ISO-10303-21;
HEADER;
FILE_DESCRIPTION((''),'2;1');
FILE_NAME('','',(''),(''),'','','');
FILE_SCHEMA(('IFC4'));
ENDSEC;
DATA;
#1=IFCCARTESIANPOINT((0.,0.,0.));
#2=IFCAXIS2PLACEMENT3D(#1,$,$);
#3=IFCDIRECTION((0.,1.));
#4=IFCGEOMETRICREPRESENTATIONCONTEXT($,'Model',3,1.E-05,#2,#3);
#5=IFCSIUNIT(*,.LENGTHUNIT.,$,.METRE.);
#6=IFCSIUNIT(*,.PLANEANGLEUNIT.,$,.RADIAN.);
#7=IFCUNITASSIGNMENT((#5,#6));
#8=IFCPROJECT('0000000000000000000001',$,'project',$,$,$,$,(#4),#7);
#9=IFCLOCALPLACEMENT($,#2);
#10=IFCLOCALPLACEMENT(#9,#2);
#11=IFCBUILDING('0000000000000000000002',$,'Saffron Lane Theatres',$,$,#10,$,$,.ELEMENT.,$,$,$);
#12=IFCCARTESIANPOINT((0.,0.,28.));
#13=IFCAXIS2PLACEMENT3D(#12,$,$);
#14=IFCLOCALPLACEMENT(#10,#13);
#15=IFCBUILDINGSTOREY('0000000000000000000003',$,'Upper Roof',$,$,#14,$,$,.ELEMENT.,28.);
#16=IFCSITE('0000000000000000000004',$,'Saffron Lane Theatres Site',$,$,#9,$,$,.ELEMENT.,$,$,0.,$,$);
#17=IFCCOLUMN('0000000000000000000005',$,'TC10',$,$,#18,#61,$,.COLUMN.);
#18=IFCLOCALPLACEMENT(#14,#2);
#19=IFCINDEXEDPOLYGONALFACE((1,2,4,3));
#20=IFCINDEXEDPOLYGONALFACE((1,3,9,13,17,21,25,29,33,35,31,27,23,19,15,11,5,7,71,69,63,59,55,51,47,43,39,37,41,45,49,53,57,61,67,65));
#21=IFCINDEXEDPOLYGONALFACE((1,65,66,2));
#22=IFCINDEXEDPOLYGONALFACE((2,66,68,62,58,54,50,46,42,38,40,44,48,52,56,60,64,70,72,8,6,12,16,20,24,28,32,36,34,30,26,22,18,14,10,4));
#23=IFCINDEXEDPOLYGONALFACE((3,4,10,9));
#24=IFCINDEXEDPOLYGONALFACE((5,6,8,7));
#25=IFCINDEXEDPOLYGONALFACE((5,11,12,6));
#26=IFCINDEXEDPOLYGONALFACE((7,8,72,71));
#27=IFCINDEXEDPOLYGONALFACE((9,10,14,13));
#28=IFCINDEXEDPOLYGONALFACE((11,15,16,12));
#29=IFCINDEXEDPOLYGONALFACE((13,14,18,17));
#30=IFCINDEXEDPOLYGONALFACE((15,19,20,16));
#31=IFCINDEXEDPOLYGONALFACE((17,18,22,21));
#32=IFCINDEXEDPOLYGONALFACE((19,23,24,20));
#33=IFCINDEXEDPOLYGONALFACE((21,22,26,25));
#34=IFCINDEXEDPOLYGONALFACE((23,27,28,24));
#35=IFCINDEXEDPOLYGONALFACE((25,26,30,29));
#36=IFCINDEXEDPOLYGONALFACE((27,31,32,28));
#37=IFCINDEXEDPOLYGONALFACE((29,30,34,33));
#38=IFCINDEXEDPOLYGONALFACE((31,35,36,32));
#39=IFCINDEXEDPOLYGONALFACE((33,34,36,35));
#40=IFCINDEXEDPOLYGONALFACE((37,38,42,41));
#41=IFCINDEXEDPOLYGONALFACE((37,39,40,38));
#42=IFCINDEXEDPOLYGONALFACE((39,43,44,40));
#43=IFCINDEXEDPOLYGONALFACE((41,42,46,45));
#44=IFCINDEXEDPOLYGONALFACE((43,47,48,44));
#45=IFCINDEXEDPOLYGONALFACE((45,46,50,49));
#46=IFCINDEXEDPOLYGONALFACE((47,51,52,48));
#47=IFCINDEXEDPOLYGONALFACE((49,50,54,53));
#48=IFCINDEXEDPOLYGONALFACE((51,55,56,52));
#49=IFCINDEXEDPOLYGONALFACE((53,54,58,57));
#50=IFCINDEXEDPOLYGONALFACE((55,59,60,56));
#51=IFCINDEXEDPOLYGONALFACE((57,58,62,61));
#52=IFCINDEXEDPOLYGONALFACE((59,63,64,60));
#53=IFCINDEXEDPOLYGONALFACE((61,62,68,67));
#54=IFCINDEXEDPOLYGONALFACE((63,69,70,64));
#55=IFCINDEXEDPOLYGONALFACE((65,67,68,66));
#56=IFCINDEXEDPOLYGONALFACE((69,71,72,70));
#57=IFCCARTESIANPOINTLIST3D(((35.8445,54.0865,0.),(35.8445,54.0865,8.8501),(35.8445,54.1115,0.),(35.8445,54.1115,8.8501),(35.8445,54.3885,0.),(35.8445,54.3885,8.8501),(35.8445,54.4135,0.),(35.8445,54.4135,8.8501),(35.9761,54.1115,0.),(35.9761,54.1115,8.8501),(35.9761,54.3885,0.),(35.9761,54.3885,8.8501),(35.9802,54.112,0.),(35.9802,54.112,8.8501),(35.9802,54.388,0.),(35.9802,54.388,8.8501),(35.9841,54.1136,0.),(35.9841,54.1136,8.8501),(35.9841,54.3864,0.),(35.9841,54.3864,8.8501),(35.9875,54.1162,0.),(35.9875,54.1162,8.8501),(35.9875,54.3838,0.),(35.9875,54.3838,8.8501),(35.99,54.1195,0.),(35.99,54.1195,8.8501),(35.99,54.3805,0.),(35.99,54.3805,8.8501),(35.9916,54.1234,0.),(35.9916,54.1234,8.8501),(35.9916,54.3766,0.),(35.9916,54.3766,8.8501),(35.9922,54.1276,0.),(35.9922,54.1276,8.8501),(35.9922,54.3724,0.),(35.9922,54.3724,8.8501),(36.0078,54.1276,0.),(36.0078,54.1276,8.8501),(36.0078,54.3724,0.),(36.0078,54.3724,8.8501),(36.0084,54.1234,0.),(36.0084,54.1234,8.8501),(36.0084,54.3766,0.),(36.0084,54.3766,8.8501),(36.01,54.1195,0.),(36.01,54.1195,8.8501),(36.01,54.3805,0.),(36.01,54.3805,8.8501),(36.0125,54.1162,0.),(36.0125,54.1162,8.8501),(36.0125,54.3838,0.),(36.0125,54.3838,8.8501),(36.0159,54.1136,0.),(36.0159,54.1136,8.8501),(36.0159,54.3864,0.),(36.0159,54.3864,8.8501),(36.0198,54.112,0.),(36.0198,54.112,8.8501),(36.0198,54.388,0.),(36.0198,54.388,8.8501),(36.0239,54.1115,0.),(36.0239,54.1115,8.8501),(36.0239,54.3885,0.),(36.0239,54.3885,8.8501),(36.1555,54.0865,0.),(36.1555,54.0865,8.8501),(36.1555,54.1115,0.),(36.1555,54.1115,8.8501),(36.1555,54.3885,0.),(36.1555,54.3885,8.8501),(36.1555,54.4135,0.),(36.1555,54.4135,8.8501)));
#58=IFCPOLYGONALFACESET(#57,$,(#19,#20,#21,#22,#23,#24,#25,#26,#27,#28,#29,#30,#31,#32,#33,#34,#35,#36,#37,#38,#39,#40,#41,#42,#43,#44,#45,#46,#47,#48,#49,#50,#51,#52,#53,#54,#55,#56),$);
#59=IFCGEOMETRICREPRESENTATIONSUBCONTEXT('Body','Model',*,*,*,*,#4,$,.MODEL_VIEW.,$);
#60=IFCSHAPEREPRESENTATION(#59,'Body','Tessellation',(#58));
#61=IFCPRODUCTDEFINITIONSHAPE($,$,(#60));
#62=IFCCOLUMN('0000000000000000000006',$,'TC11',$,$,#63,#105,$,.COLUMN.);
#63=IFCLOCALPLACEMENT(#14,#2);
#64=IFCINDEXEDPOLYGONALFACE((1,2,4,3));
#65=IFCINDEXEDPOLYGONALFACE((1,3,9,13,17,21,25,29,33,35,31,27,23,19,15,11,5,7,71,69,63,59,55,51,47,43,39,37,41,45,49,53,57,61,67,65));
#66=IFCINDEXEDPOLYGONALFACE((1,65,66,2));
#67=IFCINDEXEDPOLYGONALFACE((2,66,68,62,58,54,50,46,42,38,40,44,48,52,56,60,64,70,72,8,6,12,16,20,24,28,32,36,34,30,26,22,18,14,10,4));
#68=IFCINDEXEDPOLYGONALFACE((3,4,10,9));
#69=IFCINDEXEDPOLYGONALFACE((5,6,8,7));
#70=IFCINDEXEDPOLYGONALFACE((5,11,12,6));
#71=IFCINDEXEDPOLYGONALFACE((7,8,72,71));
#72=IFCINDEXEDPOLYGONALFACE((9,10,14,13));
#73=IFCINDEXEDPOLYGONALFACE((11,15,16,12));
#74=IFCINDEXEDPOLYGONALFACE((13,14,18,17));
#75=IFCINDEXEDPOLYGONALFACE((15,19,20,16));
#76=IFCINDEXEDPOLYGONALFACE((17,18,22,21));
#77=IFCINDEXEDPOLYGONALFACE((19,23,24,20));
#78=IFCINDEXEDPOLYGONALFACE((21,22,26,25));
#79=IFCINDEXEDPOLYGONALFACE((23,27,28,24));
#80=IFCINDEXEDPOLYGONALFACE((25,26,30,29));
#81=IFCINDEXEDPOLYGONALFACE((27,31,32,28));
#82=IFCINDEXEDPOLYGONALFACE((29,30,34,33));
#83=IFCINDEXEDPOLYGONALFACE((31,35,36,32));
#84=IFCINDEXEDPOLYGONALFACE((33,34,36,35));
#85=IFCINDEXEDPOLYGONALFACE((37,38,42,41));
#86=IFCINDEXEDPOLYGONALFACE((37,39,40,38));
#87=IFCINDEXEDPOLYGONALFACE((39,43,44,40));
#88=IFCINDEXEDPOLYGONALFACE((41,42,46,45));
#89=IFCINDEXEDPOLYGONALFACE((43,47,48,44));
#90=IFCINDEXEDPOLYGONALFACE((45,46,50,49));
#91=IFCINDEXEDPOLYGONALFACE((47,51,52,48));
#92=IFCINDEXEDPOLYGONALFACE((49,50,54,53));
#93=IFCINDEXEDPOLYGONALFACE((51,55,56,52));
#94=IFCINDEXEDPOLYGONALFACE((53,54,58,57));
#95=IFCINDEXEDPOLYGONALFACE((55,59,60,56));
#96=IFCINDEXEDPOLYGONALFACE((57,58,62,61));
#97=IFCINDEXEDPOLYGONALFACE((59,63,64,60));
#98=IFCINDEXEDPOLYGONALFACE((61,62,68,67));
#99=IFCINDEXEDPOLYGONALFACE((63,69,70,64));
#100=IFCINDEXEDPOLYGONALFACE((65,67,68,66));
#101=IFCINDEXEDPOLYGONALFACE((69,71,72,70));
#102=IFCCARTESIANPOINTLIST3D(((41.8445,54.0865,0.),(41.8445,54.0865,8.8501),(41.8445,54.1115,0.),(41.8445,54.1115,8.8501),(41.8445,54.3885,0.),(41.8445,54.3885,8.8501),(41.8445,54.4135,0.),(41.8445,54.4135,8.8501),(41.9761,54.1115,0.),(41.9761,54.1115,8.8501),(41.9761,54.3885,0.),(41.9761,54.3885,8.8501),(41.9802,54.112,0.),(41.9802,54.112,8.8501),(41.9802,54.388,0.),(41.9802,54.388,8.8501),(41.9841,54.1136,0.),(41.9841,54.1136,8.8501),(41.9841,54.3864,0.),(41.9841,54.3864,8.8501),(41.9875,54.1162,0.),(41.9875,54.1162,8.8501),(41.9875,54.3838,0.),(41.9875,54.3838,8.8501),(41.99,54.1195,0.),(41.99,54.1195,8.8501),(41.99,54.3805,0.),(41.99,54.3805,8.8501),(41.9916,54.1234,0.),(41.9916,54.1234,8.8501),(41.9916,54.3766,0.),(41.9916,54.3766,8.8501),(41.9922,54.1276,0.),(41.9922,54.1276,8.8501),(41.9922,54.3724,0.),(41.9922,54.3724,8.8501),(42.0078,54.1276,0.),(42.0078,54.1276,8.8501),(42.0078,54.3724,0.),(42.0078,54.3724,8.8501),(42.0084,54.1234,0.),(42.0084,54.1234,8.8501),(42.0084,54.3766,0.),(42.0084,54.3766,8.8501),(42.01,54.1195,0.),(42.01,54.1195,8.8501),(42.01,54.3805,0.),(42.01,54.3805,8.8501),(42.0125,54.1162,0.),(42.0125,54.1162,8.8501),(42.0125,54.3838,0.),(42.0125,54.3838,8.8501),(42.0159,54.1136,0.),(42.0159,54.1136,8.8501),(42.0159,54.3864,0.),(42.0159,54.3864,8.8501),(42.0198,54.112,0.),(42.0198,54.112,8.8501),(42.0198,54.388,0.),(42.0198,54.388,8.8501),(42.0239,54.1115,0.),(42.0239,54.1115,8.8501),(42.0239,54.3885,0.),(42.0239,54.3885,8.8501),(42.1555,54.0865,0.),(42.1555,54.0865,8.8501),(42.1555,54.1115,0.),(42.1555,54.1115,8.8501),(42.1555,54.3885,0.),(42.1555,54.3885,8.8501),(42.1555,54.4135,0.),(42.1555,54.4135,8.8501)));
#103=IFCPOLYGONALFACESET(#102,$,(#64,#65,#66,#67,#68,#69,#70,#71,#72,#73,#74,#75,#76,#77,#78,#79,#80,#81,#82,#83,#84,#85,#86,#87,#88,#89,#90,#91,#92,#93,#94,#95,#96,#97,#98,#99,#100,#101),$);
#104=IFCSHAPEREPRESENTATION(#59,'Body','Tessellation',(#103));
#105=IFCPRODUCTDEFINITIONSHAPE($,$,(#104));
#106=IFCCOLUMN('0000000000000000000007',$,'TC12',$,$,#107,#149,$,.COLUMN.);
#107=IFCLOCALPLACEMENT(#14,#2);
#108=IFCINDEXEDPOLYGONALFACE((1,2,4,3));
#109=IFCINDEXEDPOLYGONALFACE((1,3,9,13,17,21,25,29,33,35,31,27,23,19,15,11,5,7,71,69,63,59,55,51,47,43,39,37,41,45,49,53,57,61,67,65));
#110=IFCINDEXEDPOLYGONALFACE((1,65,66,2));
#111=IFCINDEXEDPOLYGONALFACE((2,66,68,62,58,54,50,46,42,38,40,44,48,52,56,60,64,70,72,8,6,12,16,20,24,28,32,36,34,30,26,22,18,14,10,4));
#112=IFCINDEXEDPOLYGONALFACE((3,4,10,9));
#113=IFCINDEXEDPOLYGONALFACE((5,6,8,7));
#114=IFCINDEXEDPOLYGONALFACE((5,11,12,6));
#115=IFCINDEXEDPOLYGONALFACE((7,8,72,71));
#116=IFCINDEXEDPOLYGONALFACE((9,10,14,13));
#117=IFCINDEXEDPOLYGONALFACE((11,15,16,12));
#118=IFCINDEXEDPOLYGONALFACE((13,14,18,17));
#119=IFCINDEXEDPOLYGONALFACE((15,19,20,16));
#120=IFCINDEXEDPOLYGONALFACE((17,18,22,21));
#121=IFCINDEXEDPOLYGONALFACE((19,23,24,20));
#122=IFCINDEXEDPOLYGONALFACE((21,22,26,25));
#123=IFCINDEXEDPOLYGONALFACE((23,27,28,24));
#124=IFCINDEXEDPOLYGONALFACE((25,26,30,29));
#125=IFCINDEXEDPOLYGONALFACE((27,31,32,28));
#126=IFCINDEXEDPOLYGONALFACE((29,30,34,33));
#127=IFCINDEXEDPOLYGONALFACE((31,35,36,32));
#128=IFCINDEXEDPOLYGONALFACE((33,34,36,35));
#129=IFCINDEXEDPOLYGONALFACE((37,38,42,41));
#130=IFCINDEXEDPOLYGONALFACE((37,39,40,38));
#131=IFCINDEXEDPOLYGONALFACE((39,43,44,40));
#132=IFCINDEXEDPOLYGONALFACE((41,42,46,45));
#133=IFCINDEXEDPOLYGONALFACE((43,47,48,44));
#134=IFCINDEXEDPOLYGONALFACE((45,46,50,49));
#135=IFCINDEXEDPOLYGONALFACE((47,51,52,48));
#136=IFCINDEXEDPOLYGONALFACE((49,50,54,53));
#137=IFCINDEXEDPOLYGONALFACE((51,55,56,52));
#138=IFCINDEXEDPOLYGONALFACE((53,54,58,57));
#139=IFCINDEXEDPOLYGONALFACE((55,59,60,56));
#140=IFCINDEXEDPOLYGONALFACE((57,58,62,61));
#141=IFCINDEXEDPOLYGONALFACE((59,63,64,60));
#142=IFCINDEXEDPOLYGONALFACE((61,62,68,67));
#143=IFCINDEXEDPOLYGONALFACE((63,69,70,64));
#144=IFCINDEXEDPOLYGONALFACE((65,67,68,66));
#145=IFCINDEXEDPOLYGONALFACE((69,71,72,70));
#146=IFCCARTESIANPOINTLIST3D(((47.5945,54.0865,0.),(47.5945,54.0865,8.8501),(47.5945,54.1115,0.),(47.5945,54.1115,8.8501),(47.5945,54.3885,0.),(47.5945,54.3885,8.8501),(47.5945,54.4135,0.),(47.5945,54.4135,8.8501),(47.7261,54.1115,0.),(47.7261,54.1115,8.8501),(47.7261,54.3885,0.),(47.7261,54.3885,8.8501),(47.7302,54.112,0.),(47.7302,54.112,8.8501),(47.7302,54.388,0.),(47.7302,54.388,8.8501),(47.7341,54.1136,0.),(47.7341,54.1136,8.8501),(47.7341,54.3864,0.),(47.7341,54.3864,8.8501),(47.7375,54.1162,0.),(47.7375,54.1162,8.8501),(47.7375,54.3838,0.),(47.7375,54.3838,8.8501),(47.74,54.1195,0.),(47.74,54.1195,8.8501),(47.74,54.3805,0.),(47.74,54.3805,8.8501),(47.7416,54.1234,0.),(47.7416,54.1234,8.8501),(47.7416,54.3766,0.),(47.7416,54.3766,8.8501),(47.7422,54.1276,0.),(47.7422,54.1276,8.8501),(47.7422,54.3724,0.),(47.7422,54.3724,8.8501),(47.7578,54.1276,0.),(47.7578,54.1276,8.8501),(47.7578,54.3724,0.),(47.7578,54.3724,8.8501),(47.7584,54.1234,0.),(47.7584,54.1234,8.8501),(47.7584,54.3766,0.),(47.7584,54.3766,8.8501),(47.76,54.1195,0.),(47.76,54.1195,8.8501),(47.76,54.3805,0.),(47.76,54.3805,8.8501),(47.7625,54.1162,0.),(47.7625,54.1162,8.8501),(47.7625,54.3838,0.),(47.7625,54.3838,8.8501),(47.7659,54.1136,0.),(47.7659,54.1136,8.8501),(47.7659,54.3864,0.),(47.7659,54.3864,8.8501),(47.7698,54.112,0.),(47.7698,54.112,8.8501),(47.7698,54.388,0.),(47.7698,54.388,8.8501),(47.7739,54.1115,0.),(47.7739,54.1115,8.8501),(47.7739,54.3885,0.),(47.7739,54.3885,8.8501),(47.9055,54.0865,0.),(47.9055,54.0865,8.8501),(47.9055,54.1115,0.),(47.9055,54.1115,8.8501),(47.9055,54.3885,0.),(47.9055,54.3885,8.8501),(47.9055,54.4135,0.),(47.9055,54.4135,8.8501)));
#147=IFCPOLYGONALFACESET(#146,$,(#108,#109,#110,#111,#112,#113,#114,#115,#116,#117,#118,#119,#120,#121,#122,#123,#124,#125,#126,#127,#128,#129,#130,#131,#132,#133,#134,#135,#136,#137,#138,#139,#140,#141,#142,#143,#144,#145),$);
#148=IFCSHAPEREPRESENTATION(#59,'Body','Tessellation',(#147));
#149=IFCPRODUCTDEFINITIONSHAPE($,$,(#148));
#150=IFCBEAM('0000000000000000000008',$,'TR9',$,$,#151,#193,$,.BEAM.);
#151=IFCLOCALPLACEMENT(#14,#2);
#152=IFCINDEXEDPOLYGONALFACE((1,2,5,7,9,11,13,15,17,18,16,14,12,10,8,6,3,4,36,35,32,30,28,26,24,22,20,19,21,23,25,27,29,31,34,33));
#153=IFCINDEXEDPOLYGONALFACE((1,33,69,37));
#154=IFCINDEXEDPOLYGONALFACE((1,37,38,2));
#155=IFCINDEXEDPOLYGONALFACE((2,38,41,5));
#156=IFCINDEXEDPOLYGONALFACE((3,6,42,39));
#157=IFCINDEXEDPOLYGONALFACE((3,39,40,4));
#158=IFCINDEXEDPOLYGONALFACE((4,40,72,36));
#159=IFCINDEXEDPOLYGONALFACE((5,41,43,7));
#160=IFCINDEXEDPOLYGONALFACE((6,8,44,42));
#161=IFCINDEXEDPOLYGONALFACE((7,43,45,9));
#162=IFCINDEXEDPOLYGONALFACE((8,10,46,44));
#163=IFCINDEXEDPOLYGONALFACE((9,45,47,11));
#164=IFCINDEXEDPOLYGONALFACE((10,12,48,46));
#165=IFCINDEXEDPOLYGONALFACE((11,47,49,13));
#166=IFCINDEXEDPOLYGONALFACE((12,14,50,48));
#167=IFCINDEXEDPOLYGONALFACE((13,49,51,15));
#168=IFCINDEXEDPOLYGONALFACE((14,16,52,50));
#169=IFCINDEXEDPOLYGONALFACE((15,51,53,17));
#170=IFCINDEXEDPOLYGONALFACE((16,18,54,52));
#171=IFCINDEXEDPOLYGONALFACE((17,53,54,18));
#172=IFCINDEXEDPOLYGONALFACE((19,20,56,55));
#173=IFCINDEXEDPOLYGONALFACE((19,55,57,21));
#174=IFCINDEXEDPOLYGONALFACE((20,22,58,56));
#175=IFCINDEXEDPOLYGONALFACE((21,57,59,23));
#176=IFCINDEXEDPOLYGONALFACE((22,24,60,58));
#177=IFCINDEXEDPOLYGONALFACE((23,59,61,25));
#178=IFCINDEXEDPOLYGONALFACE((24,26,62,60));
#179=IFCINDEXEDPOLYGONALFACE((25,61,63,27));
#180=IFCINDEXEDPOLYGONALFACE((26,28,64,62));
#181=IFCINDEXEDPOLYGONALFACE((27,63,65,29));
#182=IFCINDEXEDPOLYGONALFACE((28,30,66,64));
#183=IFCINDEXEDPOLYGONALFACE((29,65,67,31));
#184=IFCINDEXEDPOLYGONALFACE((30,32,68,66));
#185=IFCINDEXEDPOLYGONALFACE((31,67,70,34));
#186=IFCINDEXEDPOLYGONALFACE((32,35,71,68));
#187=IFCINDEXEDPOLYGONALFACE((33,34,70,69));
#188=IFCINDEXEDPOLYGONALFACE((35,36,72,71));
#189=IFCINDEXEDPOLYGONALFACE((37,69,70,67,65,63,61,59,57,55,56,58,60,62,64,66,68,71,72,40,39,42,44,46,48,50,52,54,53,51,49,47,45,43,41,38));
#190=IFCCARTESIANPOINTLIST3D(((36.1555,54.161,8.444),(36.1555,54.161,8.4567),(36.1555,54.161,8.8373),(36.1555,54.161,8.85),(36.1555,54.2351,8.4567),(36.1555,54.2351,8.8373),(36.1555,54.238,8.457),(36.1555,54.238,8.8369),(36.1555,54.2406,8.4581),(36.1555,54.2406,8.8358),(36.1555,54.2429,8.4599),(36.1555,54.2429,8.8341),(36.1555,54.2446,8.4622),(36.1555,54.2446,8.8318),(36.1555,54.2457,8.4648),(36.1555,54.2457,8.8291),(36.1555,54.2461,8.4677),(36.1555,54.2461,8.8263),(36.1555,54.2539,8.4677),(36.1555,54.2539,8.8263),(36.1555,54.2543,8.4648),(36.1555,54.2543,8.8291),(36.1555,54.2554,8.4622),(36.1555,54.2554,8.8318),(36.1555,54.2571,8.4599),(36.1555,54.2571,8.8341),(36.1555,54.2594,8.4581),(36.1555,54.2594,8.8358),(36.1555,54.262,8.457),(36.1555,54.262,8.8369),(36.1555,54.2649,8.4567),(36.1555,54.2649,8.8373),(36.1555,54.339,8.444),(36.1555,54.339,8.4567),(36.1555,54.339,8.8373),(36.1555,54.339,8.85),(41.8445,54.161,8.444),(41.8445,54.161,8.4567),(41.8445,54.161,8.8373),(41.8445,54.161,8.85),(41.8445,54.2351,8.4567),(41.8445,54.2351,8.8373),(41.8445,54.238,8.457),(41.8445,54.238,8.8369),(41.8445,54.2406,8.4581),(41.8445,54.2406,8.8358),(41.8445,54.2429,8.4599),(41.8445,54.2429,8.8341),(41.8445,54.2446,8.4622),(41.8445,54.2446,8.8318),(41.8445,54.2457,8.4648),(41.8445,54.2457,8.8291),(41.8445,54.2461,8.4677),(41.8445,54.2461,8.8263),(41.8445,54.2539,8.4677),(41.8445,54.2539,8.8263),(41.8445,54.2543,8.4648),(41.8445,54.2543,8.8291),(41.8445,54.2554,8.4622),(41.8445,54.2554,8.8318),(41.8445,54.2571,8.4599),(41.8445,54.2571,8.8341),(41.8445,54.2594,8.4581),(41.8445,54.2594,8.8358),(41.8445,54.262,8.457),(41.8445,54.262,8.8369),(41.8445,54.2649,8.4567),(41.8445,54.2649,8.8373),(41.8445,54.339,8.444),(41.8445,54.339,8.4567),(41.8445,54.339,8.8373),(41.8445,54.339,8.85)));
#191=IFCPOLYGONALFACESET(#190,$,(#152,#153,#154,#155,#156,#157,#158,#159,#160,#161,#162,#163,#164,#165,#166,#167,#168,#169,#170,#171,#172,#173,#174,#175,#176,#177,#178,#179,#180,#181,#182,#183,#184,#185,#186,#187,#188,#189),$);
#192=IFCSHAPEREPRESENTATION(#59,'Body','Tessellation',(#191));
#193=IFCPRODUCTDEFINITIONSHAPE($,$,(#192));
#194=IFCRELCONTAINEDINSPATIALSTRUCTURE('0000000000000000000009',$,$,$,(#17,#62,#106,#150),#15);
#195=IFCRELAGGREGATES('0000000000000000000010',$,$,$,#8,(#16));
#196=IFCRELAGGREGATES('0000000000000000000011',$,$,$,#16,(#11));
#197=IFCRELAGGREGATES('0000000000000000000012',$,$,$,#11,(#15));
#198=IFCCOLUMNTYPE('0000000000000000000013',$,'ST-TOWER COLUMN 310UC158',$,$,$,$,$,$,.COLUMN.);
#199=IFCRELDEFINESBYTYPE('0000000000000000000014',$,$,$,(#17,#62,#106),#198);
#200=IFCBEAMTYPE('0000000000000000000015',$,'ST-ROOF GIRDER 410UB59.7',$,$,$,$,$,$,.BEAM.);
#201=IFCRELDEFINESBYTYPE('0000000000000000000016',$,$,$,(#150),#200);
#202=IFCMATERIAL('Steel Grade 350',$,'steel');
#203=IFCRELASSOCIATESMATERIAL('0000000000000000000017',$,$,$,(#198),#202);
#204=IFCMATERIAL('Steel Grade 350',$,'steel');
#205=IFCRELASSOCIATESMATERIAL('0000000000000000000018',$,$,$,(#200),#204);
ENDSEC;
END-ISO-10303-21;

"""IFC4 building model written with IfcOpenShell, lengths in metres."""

from ifc_helpers import new_model, si_unit, direction, frame, origin, origin_2d, place, context, subcontext, project, spatial, i_section, extrude, material, material_profile, profile_set, type_object, element, save


model = new_model("IFC4")

# Units and contexts
model_context = context("Model", 3, precision=1e-05, world=origin(), true_north=direction((0.0, 1.0)))
body_context = subcontext(model_context, "Body", "Model", "MODEL_VIEW")
ifc_project = project(units=[si_unit("LENGTHUNIT", "METRE"), si_unit("PLANEANGLEUNIT", "RADIAN")], contexts=[model_context])

# Site, building, storey
site_placement = place(None, origin())
site = spatial("IfcSite", under=ifc_project, at=site_placement, Name="Saffron Lane Theatres Site", CompositionType="ELEMENT", RefElevation=0.0)
building_placement = place(site_placement, origin())
building = spatial("IfcBuilding", under=site, at=building_placement, Name="Saffron Lane Theatres", CompositionType="ELEMENT")
storey_placement = place(building_placement, frame((0.0, 0.0, 28.0)))
storey = spatial("IfcBuildingStorey", under=building, at=storey_placement, Name="Upper Roof", CompositionType="ELEMENT", Elevation=28.0)

# Columns
ifc_material_1 = material(Name="Steel Grade 350", Category="steel")
ifc_material_profile_1 = material_profile(ifc_material_1, i_section(OverallWidth=0.311, OverallDepth=0.3269, WebThickness=0.0156, FlangeThickness=0.0249, FilletRadius=0.0161, at=origin_2d()))
ifc_profile_set_1 = profile_set([ifc_material_profile_1], Name="Steel Grade 350")
column_type = type_object("IfcColumnType", Name="ST-TOWER COLUMN 310UC158", PredefinedType="COLUMN", material=ifc_profile_set_1)
for number, where, z_axis, x_axis, name in (
    (1, (36.0, 54.25, 0.0), (0.0, 0.0, 1.0), (1.0, 0.0, 0.0), "TC10"),
    (2, (42.0, 54.25, 0.0), (0.0, 0.0, 1.0), (1.0, 0.0, 0.0), "TC11"),
    (3, (47.75, 54.25, 0.0), (0.0, 0.0, 1.0), (1.0, 0.0, 0.0), "TC12"),
):
    element("IfcColumn", number, at=place(storey_placement, frame(where, z_axis=z_axis, x_axis=x_axis)), inside=storey, type_object=column_type, Name=name, PredefinedType="COLUMN", context=body_context, shape_type="SweptSolid", body=[
        extrude(i_section(OverallWidth=0.311, OverallDepth=0.3269, WebThickness=0.0156, FlangeThickness=0.0249, FilletRadius=0.0161, at=origin_2d()), origin(), (0.0, 0.0, 1.0), 8.8501),
    ])

# Beam
ifc_material_2 = material(Name="Steel Grade 350", Category="steel")
ifc_material_profile_2 = material_profile(ifc_material_2, i_section(OverallWidth=0.178, OverallDepth=0.406, WebThickness=0.0078, FlangeThickness=0.0127, FilletRadius=0.011, at=origin_2d()))
ifc_profile_set_2 = profile_set([ifc_material_profile_2], Name="Steel Grade 350")
beam_type_1 = type_object("IfcBeamType", Name="ST-ROOF GIRDER 410UB59.7", PredefinedType="BEAM", material=ifc_profile_set_2)
beam_1_placement = place(storey_placement, frame((36.1555, 54.25, 8.647), z_axis=(1.0, 0.0, 0.0), x_axis=(0.0, 1.0, 0.0)))
element("IfcBeam", 4, at=beam_1_placement, inside=storey, type_object=beam_type_1, Name="TR9", PredefinedType="BEAM", context=body_context, shape_type="SweptSolid", body=[
    extrude(i_section(OverallWidth=0.178, OverallDepth=0.406, WebThickness=0.0078, FlangeThickness=0.0127, FilletRadius=0.011, at=origin_2d()), origin(), (0.0, 0.0, 1.0), 5.689),
])

save(model, "model.ifc")
